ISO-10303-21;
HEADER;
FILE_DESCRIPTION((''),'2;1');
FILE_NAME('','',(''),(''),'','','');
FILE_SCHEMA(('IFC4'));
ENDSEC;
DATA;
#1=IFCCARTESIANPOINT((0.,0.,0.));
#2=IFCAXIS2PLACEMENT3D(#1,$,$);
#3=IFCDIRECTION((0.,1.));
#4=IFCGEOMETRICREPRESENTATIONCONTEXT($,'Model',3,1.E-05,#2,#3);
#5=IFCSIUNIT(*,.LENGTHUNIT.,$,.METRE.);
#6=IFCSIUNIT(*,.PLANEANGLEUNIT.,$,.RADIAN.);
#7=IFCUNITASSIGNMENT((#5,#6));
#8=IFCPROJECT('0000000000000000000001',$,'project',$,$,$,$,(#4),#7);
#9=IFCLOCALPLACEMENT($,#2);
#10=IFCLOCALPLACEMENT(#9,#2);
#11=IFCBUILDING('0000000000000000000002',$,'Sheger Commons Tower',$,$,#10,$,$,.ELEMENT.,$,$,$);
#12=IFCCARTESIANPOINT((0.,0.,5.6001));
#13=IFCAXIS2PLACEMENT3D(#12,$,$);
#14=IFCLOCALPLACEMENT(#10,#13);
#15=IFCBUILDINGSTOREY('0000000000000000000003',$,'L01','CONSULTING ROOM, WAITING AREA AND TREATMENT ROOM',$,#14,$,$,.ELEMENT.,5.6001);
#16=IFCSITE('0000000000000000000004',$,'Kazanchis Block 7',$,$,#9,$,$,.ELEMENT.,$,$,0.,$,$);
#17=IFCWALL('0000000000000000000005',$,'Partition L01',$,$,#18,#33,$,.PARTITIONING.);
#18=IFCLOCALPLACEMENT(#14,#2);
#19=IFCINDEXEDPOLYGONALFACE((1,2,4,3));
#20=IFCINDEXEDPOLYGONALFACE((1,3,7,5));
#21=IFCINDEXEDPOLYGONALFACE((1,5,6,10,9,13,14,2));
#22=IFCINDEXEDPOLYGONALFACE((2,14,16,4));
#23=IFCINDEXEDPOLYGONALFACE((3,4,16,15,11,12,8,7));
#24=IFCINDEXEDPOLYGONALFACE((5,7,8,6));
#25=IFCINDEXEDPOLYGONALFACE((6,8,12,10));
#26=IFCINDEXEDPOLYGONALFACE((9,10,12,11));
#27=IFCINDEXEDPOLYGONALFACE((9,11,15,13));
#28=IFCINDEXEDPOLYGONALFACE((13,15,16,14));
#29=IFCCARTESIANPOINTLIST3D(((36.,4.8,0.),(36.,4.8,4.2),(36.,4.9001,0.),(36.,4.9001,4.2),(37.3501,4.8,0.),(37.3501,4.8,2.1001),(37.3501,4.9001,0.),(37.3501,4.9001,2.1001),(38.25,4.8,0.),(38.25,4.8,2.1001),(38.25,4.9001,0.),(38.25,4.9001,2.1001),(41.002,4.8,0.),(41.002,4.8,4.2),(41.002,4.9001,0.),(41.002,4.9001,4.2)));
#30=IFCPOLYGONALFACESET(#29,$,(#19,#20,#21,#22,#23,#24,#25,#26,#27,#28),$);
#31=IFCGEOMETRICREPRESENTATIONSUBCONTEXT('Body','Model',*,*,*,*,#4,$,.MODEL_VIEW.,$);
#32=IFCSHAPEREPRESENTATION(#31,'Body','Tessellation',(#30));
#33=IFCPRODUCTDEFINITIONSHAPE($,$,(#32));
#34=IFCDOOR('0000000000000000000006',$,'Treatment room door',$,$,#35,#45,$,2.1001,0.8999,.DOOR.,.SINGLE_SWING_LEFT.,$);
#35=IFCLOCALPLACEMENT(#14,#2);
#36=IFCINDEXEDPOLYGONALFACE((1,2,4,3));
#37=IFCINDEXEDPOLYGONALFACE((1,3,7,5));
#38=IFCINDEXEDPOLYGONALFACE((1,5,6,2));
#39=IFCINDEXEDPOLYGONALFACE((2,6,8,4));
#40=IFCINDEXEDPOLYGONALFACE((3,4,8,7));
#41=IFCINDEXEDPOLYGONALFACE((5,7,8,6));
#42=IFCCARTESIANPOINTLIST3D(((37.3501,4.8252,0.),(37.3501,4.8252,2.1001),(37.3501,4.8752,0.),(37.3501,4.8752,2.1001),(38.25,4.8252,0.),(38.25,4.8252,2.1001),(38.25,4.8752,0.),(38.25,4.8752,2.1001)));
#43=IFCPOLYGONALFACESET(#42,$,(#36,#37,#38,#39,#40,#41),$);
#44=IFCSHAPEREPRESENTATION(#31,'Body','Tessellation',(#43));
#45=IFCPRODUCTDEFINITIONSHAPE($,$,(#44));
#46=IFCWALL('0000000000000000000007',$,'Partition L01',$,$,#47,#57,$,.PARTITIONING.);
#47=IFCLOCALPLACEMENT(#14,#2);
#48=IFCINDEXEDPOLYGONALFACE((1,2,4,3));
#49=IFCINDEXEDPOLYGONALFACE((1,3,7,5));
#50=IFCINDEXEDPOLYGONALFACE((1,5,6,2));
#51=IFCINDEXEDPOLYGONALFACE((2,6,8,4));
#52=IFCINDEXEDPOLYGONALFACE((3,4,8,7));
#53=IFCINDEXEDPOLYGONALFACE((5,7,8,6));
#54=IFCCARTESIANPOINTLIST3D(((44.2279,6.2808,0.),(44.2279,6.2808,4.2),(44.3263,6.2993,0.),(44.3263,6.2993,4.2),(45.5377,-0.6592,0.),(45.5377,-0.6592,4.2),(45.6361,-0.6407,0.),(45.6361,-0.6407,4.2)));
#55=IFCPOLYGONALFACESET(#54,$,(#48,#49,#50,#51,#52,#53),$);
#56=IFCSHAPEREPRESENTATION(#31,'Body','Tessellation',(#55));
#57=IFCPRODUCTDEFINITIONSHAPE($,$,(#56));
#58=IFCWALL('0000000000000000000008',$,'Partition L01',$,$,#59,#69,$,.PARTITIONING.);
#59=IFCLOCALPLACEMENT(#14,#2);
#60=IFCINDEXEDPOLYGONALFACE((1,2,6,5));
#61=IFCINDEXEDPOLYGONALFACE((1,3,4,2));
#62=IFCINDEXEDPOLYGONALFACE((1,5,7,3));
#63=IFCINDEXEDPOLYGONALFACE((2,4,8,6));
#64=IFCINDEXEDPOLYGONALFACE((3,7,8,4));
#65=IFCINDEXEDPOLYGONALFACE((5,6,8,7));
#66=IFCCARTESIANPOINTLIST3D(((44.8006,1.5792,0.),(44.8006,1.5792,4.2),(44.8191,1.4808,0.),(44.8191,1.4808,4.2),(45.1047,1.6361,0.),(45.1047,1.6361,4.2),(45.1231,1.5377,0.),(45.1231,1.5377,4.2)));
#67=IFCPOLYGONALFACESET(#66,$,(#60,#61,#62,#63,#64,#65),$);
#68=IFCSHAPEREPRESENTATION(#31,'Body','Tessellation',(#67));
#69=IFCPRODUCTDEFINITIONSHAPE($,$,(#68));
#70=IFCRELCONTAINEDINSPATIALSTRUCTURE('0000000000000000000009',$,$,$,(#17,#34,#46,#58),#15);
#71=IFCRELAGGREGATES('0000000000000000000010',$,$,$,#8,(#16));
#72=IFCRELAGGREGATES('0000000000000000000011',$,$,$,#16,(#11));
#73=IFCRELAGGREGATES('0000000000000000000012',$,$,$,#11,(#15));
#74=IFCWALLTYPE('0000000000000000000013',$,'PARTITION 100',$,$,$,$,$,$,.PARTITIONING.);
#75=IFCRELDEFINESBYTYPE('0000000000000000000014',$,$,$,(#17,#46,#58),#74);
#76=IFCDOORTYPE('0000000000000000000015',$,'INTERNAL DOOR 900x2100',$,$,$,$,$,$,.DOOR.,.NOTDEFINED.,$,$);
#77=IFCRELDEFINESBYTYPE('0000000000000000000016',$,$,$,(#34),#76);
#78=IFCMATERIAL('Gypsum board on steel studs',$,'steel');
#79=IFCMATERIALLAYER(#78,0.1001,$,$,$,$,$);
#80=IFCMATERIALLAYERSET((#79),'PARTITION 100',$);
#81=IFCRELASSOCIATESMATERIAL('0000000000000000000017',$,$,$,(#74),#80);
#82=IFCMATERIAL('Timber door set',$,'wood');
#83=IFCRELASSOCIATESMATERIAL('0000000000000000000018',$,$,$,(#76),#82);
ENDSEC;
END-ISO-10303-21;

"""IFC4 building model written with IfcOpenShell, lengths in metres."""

from ifc_helpers import new_model, si_unit, direction, frame, frame_2d, origin, place, context, subcontext, project, spatial, rectangle, extrude, material, layer, layer_set, type_object, element, fill, save


model = new_model("IFC4")

# Units and contexts
model_context = context("Model", 3, precision=1e-05, world=origin(), true_north=direction((0.0, 1.0)))
body_context = subcontext(model_context, "Body", "Model", "MODEL_VIEW")
ifc_project = project(units=[si_unit("LENGTHUNIT", "METRE"), si_unit("PLANEANGLEUNIT", "RADIAN")], contexts=[model_context])

# Site, building, storey
site_placement = place(None, origin())
site = spatial("IfcSite", under=ifc_project, at=site_placement, Name="Kazanchis Block 7", CompositionType="ELEMENT", RefElevation=0.0)
building_placement = place(site_placement, origin())
building = spatial("IfcBuilding", under=site, at=building_placement, Name="Sheger Commons Tower", CompositionType="ELEMENT")
storey_placement = place(building_placement, frame((0.0, 0.0, 5.6001)))
storey = spatial("IfcBuildingStorey", under=building, at=storey_placement, Name="L01", Description="CONSULTING ROOM, WAITING AREA AND TREATMENT ROOM", CompositionType="ELEMENT", Elevation=5.6001)

# Wall, opening, door
ifc_material_1 = material(Name="Gypsum board on steel studs", Category="steel")
ifc_layer_1 = layer(ifc_material_1, 0.1001)
ifc_layer_set_1 = layer_set([ifc_layer_1], Name="PARTITION 100")
wall_type = type_object("IfcWallType", Name="PARTITION 100", PredefinedType="PARTITIONING", material=ifc_layer_set_1)
ifc_material_2 = material(Name="Timber door set", Category="wood")
door_type = type_object("IfcDoorType", Name="INTERNAL DOOR 900x2100", OperationType="NOTDEFINED", PredefinedType="DOOR", material=ifc_material_2)
wall_1_placement = place(storey_placement, frame((41.002, 4.8501, 0.0), z_axis=(0.0, 0.0, 1.0), x_axis=(-1.0, 0.0, 0.0)))
wall_1 = element("IfcWall", 1, at=wall_1_placement, inside=storey, type_object=wall_type, Name="Partition L01", PredefinedType="PARTITIONING", context=body_context, shape_type="SweptSolid", body=[
    extrude(rectangle(XDim=5.002, YDim=0.1001, at=frame_2d((2.501, 0.0))), origin(), (0.0, 0.0, 1.0), 4.2),
])
opening_1_placement = place(wall_1_placement, frame((2.752, 0.0, 0.0)))
opening_1 = element("IfcOpeningElement", 2, at=opening_1_placement, cuts=wall_1, PredefinedType="OPENING", context=body_context, shape_type="SweptSolid", body=[
    extrude(rectangle(XDim=0.8999, YDim=2.1001, at=frame_2d((0.45, 1.05))), frame((0.0, 0.0601, 0.0), z_axis=(0.0, -1.0, 0.0), x_axis=(1.0, 0.0, 0.0)), (0.0, 0.0, 1.0), 0.1201),
])
door_1_placement = place(opening_1_placement, origin())
door_1 = element("IfcDoor", 3, at=door_1_placement, inside=storey, type_object=door_type, Name="Treatment room door", OperationType="SINGLE_SWING_LEFT", OverallHeight=2.1001, OverallWidth=0.8999, PredefinedType="DOOR", context=body_context, shape_type="SweptSolid", body=[
    extrude(rectangle(XDim=0.8999, YDim=2.1001, at=frame_2d((0.45, 1.05))), frame((0.0, 0.0249, 0.0), z_axis=(0.0, -1.0, 0.0), x_axis=(1.0, 0.0, 0.0)), (0.0, 0.0, 1.0), 0.05),
])
fill(opening_1, door_1)

# Walls
wall_2_placement = place(storey_placement, frame((44.2771, 6.29, 0.0), z_axis=(0.0, 0.0, 1.0), x_axis=(0.185461, -0.982652, 0.0)))
element("IfcWall", 4, at=wall_2_placement, inside=storey, type_object=wall_type, Name="Partition L01", PredefinedType="PARTITIONING", context=body_context, shape_type="SweptSolid", body=[
    extrude(rectangle(XDim=7.0625, YDim=0.1001, at=frame_2d((3.5312, 0.0))), origin(), (0.0, 0.0, 1.0), 4.2),
])
wall_3_placement = place(storey_placement, frame((45.114, 1.5869, 0.0), z_axis=(0.0, 0.0, 1.0), x_axis=(-0.982935, -0.183955, 0.0)))
element("IfcWall", 5, at=wall_3_placement, inside=storey, type_object=wall_type, Name="Partition L01", PredefinedType="PARTITIONING", context=body_context, shape_type="SweptSolid", body=[
    extrude(rectangle(XDim=0.3093, YDim=0.1001, at=frame_2d((0.1548, 0.0))), origin(), (0.0, 0.0, 1.0), 4.2),
])

save(model, "model.ifc")
